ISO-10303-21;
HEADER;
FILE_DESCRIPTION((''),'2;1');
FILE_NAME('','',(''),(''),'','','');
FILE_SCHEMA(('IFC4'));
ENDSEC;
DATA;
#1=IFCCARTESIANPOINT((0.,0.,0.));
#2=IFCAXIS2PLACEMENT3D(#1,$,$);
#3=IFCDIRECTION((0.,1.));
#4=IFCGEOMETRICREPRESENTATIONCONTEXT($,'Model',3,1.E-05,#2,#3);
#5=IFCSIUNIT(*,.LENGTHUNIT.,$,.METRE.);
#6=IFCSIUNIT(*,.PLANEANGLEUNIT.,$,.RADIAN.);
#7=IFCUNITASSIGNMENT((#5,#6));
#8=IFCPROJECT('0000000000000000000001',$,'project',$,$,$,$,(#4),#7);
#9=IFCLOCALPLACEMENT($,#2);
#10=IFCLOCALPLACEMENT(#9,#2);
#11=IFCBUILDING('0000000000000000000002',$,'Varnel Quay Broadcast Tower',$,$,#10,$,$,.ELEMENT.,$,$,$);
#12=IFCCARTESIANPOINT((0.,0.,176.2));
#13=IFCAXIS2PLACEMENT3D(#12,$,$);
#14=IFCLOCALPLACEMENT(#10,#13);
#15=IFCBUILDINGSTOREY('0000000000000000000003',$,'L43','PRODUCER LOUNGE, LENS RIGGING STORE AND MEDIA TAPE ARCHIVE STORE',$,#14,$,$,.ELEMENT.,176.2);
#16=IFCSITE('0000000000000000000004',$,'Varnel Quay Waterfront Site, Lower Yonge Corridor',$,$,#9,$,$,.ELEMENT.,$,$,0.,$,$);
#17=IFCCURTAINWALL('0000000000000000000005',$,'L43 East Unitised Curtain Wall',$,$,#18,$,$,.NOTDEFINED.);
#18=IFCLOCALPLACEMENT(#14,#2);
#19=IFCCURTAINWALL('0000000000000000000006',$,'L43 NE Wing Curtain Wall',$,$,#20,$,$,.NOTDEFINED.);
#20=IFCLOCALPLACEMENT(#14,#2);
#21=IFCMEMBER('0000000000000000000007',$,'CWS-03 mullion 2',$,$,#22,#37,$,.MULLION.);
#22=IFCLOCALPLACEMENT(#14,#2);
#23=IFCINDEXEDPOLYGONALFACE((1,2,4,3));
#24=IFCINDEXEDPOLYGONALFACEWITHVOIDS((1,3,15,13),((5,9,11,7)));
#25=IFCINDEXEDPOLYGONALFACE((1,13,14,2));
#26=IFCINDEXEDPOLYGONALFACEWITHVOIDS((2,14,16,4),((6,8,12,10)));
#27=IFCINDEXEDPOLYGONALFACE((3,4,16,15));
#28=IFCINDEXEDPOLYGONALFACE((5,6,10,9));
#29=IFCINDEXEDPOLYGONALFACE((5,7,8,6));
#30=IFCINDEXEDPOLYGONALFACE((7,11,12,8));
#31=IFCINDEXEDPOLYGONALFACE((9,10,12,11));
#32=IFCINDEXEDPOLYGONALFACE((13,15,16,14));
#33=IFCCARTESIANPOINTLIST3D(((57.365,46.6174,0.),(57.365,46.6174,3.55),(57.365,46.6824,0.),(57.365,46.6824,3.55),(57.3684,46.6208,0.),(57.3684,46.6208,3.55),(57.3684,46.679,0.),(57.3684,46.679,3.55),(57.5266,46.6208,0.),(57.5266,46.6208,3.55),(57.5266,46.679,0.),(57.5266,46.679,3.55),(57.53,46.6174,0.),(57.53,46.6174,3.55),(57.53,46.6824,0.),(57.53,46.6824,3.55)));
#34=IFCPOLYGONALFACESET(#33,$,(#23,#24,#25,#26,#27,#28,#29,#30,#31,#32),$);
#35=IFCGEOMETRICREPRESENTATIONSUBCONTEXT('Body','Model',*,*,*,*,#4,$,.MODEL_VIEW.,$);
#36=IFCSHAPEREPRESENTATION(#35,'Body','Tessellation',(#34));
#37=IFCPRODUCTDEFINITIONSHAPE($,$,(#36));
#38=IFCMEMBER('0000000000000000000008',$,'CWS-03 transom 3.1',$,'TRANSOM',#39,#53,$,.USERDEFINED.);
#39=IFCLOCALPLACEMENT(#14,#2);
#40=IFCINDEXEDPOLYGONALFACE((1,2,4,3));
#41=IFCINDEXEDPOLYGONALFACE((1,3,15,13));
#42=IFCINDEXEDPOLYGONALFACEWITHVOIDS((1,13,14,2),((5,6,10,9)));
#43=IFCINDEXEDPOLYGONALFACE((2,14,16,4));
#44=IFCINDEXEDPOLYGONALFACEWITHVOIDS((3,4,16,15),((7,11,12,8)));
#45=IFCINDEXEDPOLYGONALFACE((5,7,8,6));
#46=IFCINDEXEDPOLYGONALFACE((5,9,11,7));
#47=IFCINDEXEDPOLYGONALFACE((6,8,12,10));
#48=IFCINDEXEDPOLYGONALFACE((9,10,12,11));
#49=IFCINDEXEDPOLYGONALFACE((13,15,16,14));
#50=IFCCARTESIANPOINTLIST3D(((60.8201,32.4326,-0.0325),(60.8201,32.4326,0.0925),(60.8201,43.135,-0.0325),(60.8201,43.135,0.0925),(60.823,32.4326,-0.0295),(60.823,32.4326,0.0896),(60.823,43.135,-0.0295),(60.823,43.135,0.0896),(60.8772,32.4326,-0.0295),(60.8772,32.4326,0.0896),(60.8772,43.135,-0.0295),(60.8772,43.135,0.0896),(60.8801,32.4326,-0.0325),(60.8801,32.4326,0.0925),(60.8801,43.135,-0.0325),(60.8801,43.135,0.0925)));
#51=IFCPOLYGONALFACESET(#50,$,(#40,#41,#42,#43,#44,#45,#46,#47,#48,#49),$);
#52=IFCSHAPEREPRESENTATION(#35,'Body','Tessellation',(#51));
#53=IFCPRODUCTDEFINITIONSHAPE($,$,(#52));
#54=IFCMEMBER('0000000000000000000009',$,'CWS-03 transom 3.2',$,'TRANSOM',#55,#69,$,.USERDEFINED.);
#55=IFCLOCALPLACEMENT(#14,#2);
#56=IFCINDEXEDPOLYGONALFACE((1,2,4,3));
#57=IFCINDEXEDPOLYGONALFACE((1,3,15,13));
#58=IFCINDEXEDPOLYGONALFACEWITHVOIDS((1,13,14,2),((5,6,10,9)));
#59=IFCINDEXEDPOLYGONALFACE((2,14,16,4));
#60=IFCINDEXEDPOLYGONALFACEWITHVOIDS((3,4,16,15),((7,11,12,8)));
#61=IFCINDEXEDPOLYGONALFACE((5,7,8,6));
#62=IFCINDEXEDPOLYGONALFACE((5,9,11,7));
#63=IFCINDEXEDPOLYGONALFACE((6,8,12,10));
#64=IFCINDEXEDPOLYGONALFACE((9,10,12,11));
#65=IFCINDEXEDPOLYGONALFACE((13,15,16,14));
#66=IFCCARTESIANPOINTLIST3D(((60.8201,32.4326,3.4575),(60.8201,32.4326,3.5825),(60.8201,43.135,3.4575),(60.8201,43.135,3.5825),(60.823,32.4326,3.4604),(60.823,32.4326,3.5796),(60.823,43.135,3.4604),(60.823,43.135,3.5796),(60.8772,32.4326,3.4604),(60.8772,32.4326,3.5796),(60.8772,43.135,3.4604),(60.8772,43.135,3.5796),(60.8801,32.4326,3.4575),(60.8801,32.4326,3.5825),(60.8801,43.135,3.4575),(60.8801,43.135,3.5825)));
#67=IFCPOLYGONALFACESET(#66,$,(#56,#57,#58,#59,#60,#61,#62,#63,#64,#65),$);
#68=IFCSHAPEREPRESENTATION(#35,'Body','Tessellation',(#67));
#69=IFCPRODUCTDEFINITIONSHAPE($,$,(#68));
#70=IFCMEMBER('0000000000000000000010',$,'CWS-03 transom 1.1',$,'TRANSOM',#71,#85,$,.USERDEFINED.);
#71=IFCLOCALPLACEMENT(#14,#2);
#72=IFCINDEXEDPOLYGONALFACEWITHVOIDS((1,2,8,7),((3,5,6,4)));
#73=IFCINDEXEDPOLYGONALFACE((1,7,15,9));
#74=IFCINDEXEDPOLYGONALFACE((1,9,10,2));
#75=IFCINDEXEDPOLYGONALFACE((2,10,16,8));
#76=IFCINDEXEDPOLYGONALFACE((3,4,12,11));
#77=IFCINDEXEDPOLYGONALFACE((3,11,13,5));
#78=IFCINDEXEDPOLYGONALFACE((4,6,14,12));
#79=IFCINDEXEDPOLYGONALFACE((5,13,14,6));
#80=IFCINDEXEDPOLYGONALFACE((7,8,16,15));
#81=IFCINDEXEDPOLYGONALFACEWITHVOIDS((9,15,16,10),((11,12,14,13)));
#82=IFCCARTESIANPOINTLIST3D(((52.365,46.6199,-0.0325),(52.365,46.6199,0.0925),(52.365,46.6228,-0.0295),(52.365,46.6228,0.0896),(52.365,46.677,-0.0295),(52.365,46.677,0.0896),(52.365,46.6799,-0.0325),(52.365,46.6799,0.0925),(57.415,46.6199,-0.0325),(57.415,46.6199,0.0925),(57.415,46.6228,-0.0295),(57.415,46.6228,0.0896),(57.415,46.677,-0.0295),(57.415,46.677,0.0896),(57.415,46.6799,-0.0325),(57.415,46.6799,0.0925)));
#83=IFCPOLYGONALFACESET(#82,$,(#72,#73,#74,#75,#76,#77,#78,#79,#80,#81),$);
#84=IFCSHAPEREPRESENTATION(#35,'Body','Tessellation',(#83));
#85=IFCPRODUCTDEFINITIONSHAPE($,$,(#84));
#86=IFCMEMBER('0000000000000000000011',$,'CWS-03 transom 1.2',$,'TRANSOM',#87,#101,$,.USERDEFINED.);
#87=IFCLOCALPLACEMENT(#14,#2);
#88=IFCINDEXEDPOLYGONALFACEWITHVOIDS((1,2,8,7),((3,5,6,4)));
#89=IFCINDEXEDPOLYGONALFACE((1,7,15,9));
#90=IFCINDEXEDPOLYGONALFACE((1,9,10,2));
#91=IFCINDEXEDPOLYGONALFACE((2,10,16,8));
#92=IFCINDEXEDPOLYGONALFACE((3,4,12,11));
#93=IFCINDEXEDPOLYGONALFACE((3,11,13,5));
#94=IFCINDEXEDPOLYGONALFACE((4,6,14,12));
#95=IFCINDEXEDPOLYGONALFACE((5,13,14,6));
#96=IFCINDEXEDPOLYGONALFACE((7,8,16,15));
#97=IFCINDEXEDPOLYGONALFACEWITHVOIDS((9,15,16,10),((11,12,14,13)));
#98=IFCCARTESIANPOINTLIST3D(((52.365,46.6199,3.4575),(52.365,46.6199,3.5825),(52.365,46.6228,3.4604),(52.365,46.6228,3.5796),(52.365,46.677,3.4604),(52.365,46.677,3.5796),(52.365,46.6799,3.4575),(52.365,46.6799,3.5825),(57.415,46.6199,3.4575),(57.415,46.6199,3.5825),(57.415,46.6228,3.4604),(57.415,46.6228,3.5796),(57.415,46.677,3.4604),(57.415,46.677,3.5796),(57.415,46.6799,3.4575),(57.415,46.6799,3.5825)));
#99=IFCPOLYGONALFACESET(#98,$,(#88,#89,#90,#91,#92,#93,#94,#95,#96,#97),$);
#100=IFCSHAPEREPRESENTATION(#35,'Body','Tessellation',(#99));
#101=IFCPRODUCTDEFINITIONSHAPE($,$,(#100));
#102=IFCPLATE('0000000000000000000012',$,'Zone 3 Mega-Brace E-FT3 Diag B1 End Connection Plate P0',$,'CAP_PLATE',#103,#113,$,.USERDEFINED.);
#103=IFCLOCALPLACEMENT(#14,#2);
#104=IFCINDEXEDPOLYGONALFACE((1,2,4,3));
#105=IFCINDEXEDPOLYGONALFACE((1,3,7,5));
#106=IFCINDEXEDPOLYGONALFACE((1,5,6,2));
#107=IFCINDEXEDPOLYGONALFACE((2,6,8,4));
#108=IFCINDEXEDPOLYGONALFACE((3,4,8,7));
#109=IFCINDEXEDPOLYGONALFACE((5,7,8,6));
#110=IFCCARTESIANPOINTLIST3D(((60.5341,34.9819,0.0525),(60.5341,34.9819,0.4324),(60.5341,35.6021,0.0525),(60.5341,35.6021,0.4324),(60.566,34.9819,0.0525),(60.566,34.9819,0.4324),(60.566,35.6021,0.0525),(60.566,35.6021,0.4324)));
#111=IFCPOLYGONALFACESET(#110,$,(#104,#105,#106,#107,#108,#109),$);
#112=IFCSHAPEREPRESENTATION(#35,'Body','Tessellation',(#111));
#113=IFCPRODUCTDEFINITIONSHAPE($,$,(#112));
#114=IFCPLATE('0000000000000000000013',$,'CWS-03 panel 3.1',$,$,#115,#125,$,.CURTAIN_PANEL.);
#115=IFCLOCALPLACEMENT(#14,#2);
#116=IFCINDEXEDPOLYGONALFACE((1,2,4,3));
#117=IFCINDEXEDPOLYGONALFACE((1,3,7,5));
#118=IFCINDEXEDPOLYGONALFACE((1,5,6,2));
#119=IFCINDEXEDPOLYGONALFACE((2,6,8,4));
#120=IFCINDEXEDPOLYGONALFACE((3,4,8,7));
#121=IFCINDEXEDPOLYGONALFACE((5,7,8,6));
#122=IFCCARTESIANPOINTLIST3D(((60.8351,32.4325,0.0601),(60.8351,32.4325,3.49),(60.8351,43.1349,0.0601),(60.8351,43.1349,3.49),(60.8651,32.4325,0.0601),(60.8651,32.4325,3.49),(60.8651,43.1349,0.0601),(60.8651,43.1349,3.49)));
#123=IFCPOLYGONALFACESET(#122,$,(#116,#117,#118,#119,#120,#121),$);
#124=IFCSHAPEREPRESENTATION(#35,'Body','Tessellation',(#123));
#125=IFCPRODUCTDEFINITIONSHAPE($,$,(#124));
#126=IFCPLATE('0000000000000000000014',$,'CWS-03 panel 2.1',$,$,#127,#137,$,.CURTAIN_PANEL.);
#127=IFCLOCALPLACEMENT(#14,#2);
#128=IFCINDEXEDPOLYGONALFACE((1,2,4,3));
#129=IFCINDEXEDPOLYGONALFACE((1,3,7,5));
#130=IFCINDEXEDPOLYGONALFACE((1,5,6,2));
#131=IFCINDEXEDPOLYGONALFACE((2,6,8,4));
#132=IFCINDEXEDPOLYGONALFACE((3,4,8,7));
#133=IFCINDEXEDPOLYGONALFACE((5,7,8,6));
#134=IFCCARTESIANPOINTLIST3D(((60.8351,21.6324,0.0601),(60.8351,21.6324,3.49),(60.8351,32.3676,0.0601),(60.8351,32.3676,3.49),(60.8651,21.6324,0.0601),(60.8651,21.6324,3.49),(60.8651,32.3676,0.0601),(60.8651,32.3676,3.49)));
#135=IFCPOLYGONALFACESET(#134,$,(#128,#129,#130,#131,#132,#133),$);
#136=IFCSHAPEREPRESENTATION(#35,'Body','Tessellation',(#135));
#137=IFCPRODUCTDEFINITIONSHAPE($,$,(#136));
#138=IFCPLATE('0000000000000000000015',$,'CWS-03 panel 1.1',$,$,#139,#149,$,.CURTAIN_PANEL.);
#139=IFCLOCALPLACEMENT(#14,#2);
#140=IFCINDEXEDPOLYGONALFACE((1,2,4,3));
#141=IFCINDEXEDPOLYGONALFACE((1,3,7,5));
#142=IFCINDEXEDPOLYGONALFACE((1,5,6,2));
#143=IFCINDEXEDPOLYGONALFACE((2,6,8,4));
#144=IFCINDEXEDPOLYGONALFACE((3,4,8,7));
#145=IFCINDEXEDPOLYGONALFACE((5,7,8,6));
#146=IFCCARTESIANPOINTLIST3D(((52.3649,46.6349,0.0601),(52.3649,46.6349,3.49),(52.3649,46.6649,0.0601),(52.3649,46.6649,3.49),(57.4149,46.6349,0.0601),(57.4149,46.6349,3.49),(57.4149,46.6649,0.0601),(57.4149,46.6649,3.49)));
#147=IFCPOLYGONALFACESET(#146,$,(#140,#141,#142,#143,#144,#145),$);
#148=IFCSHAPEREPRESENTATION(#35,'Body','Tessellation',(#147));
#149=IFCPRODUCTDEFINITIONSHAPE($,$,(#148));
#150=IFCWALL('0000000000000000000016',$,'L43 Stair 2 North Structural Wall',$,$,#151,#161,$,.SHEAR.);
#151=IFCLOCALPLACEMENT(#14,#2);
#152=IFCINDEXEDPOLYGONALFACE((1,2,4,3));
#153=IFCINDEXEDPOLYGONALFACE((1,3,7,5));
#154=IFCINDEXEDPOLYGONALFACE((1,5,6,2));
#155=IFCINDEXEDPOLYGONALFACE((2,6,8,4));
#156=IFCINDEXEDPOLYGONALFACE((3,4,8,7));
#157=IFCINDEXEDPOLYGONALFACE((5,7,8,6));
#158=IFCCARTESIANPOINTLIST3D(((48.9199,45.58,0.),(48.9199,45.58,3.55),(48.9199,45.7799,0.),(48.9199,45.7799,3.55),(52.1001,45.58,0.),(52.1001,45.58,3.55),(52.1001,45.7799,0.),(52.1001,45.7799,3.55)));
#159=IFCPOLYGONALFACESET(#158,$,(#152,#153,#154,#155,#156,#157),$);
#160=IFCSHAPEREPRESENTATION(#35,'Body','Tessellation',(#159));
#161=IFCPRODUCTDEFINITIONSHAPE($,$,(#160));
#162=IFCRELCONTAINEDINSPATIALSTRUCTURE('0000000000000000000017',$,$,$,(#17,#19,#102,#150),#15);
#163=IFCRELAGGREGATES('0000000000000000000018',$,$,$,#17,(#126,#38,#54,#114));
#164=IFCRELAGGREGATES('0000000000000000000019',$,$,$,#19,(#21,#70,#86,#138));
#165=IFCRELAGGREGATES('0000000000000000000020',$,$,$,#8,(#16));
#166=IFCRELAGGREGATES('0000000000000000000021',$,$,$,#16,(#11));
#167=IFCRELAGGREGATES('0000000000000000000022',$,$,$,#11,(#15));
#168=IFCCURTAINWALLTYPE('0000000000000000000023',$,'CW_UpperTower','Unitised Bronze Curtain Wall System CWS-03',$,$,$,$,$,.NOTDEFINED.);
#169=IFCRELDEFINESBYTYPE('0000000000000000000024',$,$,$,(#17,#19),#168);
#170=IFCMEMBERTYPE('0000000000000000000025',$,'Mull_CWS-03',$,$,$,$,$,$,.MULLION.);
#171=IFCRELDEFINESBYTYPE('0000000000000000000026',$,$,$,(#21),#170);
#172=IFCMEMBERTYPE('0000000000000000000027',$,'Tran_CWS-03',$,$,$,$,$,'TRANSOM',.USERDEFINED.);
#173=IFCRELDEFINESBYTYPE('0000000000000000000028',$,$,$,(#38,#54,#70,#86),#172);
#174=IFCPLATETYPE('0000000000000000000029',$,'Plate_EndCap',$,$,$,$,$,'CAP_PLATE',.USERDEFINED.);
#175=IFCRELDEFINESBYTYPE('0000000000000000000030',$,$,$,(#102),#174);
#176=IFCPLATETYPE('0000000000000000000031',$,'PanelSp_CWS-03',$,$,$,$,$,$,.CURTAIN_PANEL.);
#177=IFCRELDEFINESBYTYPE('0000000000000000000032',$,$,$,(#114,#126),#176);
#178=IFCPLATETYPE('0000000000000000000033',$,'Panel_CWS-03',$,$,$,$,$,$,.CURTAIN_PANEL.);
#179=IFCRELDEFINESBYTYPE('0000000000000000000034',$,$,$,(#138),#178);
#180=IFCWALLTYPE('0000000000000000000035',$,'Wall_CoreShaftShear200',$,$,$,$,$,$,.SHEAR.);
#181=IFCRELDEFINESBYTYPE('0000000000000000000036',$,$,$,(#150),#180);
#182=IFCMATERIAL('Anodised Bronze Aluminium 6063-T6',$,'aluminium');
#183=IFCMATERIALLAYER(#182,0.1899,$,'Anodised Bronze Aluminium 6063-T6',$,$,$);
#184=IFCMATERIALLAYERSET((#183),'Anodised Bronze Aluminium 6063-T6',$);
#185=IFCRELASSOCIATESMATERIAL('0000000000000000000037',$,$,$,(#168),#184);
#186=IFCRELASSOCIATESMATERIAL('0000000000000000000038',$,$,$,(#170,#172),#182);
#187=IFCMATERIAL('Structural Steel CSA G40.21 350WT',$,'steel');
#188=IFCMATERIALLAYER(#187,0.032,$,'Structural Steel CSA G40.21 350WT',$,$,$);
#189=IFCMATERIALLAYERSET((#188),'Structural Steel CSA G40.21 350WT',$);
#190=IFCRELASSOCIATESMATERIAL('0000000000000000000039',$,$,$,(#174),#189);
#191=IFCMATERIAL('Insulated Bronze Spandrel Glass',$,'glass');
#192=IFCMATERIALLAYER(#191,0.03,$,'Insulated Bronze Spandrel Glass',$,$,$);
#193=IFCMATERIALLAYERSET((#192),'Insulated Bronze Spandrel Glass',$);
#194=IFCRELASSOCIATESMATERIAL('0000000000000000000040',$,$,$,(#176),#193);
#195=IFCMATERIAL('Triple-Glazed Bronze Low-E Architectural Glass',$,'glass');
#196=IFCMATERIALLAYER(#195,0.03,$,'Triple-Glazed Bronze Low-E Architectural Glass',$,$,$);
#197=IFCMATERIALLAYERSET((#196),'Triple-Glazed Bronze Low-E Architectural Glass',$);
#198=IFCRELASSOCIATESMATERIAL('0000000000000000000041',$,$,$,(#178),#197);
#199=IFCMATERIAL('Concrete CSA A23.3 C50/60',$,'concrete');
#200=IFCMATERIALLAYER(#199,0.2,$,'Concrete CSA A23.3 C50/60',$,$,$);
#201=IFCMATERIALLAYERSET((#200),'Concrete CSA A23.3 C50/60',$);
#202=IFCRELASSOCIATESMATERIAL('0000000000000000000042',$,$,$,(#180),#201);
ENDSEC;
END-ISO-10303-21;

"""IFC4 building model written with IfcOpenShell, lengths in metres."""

from ifc_helpers import new_model, si_unit, direction, frame, frame_2d, origin, origin_2d, place, context, subcontext, project, spatial, rectangle, hollow_rectangle, extrude, source, transform, mapped, material, layer, layer_set, material_profile, profile_set, type_object, type_shapes, element, aggregate, save


model = new_model("IFC4")

# Units and contexts
model_context = context("Model", 3, precision=1e-05, world=origin(), true_north=direction((0.0, 1.0)))
body_context = subcontext(model_context, "Body", "Model", "MODEL_VIEW")
ifc_project = project(units=[si_unit("LENGTHUNIT", "METRE"), si_unit("PLANEANGLEUNIT", "RADIAN")], contexts=[model_context])

# Site, building, storey
site_placement = place(None, origin())
site = spatial("IfcSite", under=ifc_project, at=site_placement, Name="Varnel Quay Waterfront Site, Lower Yonge Corridor", CompositionType="ELEMENT", RefElevation=0.0)
building_placement = place(site_placement, origin())
building = spatial("IfcBuilding", under=site, at=building_placement, Name="Varnel Quay Broadcast Tower", CompositionType="ELEMENT")
storey_placement = place(building_placement, frame((0.0, 0.0, 176.2)))
storey = spatial("IfcBuildingStorey", under=building, at=storey_placement, Name="L43", Description="PRODUCER LOUNGE, LENS RIGGING STORE AND MEDIA TAPE ARCHIVE STORE", CompositionType="ELEMENT", Elevation=176.2)

# Shared definitions
ifc_material_1 = material(Name="Structural Steel CSA G40.21 350WT", Category="steel")

# Curtain walls, member
ifc_material_2 = material(Name="Anodised Bronze Aluminium 6063-T6", Category="aluminium")
ifc_layer_1 = layer(ifc_material_2, 0.1899, Name="Anodised Bronze Aluminium 6063-T6")
ifc_layer_set_1 = layer_set([ifc_layer_1], Name="Anodised Bronze Aluminium 6063-T6")
curtain_wall_type = type_object("IfcCurtainWallType", Name="CW_UpperTower", Description="Unitised Bronze Curtain Wall System CWS-03", PredefinedType="NOTDEFINED", material=ifc_layer_set_1)
curtain_wall_1_placement = place(storey_placement, origin())
curtain_wall_1 = element("IfcCurtainWall", 1, at=curtain_wall_1_placement, inside=storey, type_object=curtain_wall_type, Name="L43 East Unitised Curtain Wall", PredefinedType="NOTDEFINED")
ifc_material_profile_1 = material_profile(ifc_material_2, hollow_rectangle(XDim=0.0649, YDim=0.165, WallThickness=0.0034, at=origin_2d()), Name="ALU65X165X3.5")
ifc_profile_set_1 = profile_set([ifc_material_profile_1], Name="Anodised Bronze Aluminium 6063-T6")
member_type_1 = type_object("IfcMemberType", Name="Mull_CWS-03", PredefinedType="MULLION", material=ifc_profile_set_1)
shared_shape_1 = source(origin(), body_context, "Body", "SweptSolid", [
    extrude(hollow_rectangle(XDim=0.0649, YDim=0.165, WallThickness=0.0034, at=origin_2d()), origin(), (0.0, 0.0, 1.0), 3.55),
])
type_shapes(member_type_1, [shared_shape_1])
curtain_wall_2_placement = place(storey_placement, origin())
curtain_wall_2 = element("IfcCurtainWall", 2, at=curtain_wall_2_placement, inside=storey, type_object=curtain_wall_type, Name="L43 NE Wing Curtain Wall", PredefinedType="NOTDEFINED")
member_1_placement = place(storey_placement, frame((57.4475, 46.6499, 0.0), z_axis=(0.0, 0.0, 1.0), x_axis=(0.0, 1.0, 0.0)))
member_1 = element("IfcMember", 3, at=member_1_placement, type_object=member_type_1, Name="CWS-03 mullion 2", PredefinedType="MULLION", context=body_context, shape_type="MappedRepresentation", body=[
    mapped(shared_shape_1, transform((0.0, 0.0, 0.0), x_axis=(1.0, 0.0, 0.0), y_axis=(0.0, 1.0, 0.0), z_axis=(0.0, 0.0, 1.0), scale=1.0)),
])

# Members
ifc_material_profile_2 = material_profile(ifc_material_2, hollow_rectangle(XDim=0.0601, YDim=0.125, WallThickness=0.0029, at=origin_2d()), Name="ALU60X125X3")
ifc_profile_set_2 = profile_set([ifc_material_profile_2], Name="Anodised Bronze Aluminium 6063-T6")
member_type_2 = type_object("IfcMemberType", Name="Tran_CWS-03", ElementType="TRANSOM", PredefinedType="USERDEFINED", material=ifc_profile_set_2)
shared_shape_2 = source(origin(), body_context, "Body", "SweptSolid", [
    extrude(hollow_rectangle(XDim=0.0601, YDim=0.125, WallThickness=0.0029, at=origin_2d()), origin(), (0.0, 0.0, 1.0), 10.7024),
])
member_2_placement = place(storey_placement, frame((60.8501, 32.4326, 0.03), z_axis=(0.0, 1.0, 0.0), x_axis=(-1.0, 0.0, 0.0)))
member_2 = element("IfcMember", 4, at=member_2_placement, type_object=member_type_2, Name="CWS-03 transom 3.1", ObjectType="TRANSOM", PredefinedType="USERDEFINED", context=body_context, shape_type="MappedRepresentation", body=[
    mapped(shared_shape_2, transform((0.0, 0.0, 0.0), x_axis=(1.0, 0.0, 0.0), y_axis=(0.0, 1.0, 0.0), z_axis=(0.0, 0.0, 1.0), scale=1.0)),
])
member_3_placement = place(storey_placement, frame((60.8501, 32.4326, 3.52), z_axis=(0.0, 1.0, 0.0), x_axis=(-1.0, 0.0, 0.0)))
member_3 = element("IfcMember", 5, at=member_3_placement, type_object=member_type_2, Name="CWS-03 transom 3.2", ObjectType="TRANSOM", PredefinedType="USERDEFINED", context=body_context, shape_type="MappedRepresentation", body=[
    mapped(shared_shape_2, transform((0.0, 0.0, 0.0), x_axis=(1.0, 0.0, 0.0), y_axis=(0.0, 1.0, 0.0), z_axis=(0.0, 0.0, 1.0), scale=1.0)),
])
shared_shape_3 = source(origin(), body_context, "Body", "SweptSolid", [
    extrude(hollow_rectangle(XDim=0.0601, YDim=0.125, WallThickness=0.0029, at=origin_2d()), origin(), (0.0, 0.0, 1.0), 5.05),
])
type_shapes(member_type_2, [shared_shape_2, shared_shape_3])
member_4_placement = place(storey_placement, frame((52.365, 46.6499, 0.03), z_axis=(1.0, 0.0, 0.0), x_axis=(0.0, 1.0, 0.0)))
member_4 = element("IfcMember", 6, at=member_4_placement, type_object=member_type_2, Name="CWS-03 transom 1.1", ObjectType="TRANSOM", PredefinedType="USERDEFINED", context=body_context, shape_type="MappedRepresentation", body=[
    mapped(shared_shape_3, transform((0.0, 0.0, 0.0), x_axis=(1.0, 0.0, 0.0), y_axis=(0.0, 1.0, 0.0), z_axis=(0.0, 0.0, 1.0), scale=1.0)),
])
member_5_placement = place(storey_placement, frame((52.365, 46.6499, 3.52), z_axis=(1.0, 0.0, 0.0), x_axis=(0.0, 1.0, 0.0)))
member_5 = element("IfcMember", 7, at=member_5_placement, type_object=member_type_2, Name="CWS-03 transom 1.2", ObjectType="TRANSOM", PredefinedType="USERDEFINED", context=body_context, shape_type="MappedRepresentation", body=[
    mapped(shared_shape_3, transform((0.0, 0.0, 0.0), x_axis=(1.0, 0.0, 0.0), y_axis=(0.0, 1.0, 0.0), z_axis=(0.0, 0.0, 1.0), scale=1.0)),
])

# Plates
ifc_layer_2 = layer(ifc_material_1, 0.032, Name="Structural Steel CSA G40.21 350WT")
ifc_layer_set_2 = layer_set([ifc_layer_2], Name="Structural Steel CSA G40.21 350WT")
plate_type_1 = type_object("IfcPlateType", Name="Plate_EndCap", ElementType="CAP_PLATE", PredefinedType="USERDEFINED", material=ifc_layer_set_2)
shared_shape_4 = source(origin(), body_context, "Body", "SweptSolid", [
    extrude(rectangle(XDim=0.6201, YDim=0.032, at=origin_2d()), origin(), (0.0, 0.0, 1.0), 0.3799),
])
type_shapes(plate_type_1, [shared_shape_4])
plate_1_placement = place(storey_placement, frame((60.55, 35.292, 0.0525), z_axis=(0.0, 0.0, 1.0), x_axis=(0.0, 1.0, 0.0)))
element("IfcPlate", 8, at=plate_1_placement, inside=storey, type_object=plate_type_1, Name="Zone 3 Mega-Brace E-FT3 Diag B1 End Connection Plate P0", ObjectType="CAP_PLATE", PredefinedType="USERDEFINED", context=body_context, shape_type="MappedRepresentation", body=[
    mapped(shared_shape_4, transform((0.0, 0.0, 0.0), x_axis=(1.0, 0.0, 0.0), y_axis=(0.0, 1.0, 0.0), z_axis=(0.0, 0.0, 1.0), scale=1.0)),
])
ifc_material_3 = material(Name="Insulated Bronze Spandrel Glass", Category="glass")
ifc_layer_3 = layer(ifc_material_3, 0.03, Name="Insulated Bronze Spandrel Glass")
ifc_layer_set_3 = layer_set([ifc_layer_3], Name="Insulated Bronze Spandrel Glass")
plate_type_2 = type_object("IfcPlateType", Name="PanelSp_CWS-03", PredefinedType="CURTAIN_PANEL", material=ifc_layer_set_3)
shared_shape_5 = source(origin(), body_context, "Body", "SweptSolid", [
    extrude(rectangle(XDim=10.7024, YDim=0.03, at=origin_2d()), origin(), (0.0, 0.0, 1.0), 3.4299),
])
plate_2_placement = place(storey_placement, frame((60.8501, 37.7837, 0.0601), z_axis=(0.0, 0.0, 1.0), x_axis=(0.0, 1.0, 0.0)))
plate_2 = element("IfcPlate", 9, at=plate_2_placement, type_object=plate_type_2, Name="CWS-03 panel 3.1", PredefinedType="CURTAIN_PANEL", context=body_context, shape_type="MappedRepresentation", body=[
    mapped(shared_shape_5, transform((0.0, 0.0, 0.0), x_axis=(1.0, 0.0, 0.0), y_axis=(0.0, 1.0, 0.0), z_axis=(0.0, 0.0, 1.0), scale=1.0)),
])
shared_shape_6 = source(origin(), body_context, "Body", "SweptSolid", [
    extrude(rectangle(XDim=10.7351, YDim=0.03, at=origin_2d()), origin(), (0.0, 0.0, 1.0), 3.4299),
])
type_shapes(plate_type_2, [shared_shape_5, shared_shape_6])
plate_3_placement = place(storey_placement, frame((60.8501, 27.0, 0.0601), z_axis=(0.0, 0.0, 1.0), x_axis=(0.0, 1.0, 0.0)))
plate_3 = element("IfcPlate", 10, at=plate_3_placement, type_object=plate_type_2, Name="CWS-03 panel 2.1", PredefinedType="CURTAIN_PANEL", context=body_context, shape_type="MappedRepresentation", body=[
    mapped(shared_shape_6, transform((0.0, 0.0, 0.0), x_axis=(1.0, 0.0, 0.0), y_axis=(0.0, 1.0, 0.0), z_axis=(0.0, 0.0, 1.0), scale=1.0)),
])
aggregate(curtain_wall_1, [plate_3, member_2, member_3, plate_2])
ifc_material_4 = material(Name="Triple-Glazed Bronze Low-E Architectural Glass", Category="glass")
ifc_layer_4 = layer(ifc_material_4, 0.03, Name="Triple-Glazed Bronze Low-E Architectural Glass")
ifc_layer_set_4 = layer_set([ifc_layer_4], Name="Triple-Glazed Bronze Low-E Architectural Glass")
plate_type_3 = type_object("IfcPlateType", Name="Panel_CWS-03", PredefinedType="CURTAIN_PANEL", material=ifc_layer_set_4)
shared_shape_7 = source(origin(), body_context, "Body", "SweptSolid", [
    extrude(rectangle(XDim=5.05, YDim=0.03, at=origin_2d()), origin(), (0.0, 0.0, 1.0), 3.4299),
])
type_shapes(plate_type_3, [shared_shape_7])
plate_4_placement = place(storey_placement, frame((54.8899, 46.6499, 0.0601), z_axis=(0.0, 0.0, 1.0), x_axis=(1.0, 0.0, 0.0)))
plate_4 = element("IfcPlate", 11, at=plate_4_placement, type_object=plate_type_3, Name="CWS-03 panel 1.1", PredefinedType="CURTAIN_PANEL", context=body_context, shape_type="MappedRepresentation", body=[
    mapped(shared_shape_7, transform((0.0, 0.0, 0.0), x_axis=(1.0, 0.0, 0.0), y_axis=(0.0, 1.0, 0.0), z_axis=(0.0, 0.0, 1.0), scale=1.0)),
])
aggregate(curtain_wall_2, [member_1, member_4, member_5, plate_4])

# Wall
ifc_material_5 = material(Name="Concrete CSA A23.3 C50/60", Category="concrete")
ifc_layer_5 = layer(ifc_material_5, 0.2, Name="Concrete CSA A23.3 C50/60")
ifc_layer_set_5 = layer_set([ifc_layer_5], Name="Concrete CSA A23.3 C50/60")
wall_type_1 = type_object("IfcWallType", Name="Wall_CoreShaftShear200", PredefinedType="SHEAR", material=ifc_layer_set_5)
wall_1_placement = place(storey_placement, frame((48.9199, 45.6799, 0.0), z_axis=(0.0, 0.0, 1.0), x_axis=(1.0, 0.0, 0.0)))
element("IfcWall", 12, at=wall_1_placement, inside=storey, type_object=wall_type_1, Name="L43 Stair 2 North Structural Wall", PredefinedType="SHEAR", context=body_context, shape_type="SweptSolid", body=[
    extrude(rectangle(XDim=3.1802, YDim=0.2, at=frame_2d((1.5901, 0.0))), origin(), (0.0, 0.0, 1.0), 3.55),
])

save(model, "model.ifc")
